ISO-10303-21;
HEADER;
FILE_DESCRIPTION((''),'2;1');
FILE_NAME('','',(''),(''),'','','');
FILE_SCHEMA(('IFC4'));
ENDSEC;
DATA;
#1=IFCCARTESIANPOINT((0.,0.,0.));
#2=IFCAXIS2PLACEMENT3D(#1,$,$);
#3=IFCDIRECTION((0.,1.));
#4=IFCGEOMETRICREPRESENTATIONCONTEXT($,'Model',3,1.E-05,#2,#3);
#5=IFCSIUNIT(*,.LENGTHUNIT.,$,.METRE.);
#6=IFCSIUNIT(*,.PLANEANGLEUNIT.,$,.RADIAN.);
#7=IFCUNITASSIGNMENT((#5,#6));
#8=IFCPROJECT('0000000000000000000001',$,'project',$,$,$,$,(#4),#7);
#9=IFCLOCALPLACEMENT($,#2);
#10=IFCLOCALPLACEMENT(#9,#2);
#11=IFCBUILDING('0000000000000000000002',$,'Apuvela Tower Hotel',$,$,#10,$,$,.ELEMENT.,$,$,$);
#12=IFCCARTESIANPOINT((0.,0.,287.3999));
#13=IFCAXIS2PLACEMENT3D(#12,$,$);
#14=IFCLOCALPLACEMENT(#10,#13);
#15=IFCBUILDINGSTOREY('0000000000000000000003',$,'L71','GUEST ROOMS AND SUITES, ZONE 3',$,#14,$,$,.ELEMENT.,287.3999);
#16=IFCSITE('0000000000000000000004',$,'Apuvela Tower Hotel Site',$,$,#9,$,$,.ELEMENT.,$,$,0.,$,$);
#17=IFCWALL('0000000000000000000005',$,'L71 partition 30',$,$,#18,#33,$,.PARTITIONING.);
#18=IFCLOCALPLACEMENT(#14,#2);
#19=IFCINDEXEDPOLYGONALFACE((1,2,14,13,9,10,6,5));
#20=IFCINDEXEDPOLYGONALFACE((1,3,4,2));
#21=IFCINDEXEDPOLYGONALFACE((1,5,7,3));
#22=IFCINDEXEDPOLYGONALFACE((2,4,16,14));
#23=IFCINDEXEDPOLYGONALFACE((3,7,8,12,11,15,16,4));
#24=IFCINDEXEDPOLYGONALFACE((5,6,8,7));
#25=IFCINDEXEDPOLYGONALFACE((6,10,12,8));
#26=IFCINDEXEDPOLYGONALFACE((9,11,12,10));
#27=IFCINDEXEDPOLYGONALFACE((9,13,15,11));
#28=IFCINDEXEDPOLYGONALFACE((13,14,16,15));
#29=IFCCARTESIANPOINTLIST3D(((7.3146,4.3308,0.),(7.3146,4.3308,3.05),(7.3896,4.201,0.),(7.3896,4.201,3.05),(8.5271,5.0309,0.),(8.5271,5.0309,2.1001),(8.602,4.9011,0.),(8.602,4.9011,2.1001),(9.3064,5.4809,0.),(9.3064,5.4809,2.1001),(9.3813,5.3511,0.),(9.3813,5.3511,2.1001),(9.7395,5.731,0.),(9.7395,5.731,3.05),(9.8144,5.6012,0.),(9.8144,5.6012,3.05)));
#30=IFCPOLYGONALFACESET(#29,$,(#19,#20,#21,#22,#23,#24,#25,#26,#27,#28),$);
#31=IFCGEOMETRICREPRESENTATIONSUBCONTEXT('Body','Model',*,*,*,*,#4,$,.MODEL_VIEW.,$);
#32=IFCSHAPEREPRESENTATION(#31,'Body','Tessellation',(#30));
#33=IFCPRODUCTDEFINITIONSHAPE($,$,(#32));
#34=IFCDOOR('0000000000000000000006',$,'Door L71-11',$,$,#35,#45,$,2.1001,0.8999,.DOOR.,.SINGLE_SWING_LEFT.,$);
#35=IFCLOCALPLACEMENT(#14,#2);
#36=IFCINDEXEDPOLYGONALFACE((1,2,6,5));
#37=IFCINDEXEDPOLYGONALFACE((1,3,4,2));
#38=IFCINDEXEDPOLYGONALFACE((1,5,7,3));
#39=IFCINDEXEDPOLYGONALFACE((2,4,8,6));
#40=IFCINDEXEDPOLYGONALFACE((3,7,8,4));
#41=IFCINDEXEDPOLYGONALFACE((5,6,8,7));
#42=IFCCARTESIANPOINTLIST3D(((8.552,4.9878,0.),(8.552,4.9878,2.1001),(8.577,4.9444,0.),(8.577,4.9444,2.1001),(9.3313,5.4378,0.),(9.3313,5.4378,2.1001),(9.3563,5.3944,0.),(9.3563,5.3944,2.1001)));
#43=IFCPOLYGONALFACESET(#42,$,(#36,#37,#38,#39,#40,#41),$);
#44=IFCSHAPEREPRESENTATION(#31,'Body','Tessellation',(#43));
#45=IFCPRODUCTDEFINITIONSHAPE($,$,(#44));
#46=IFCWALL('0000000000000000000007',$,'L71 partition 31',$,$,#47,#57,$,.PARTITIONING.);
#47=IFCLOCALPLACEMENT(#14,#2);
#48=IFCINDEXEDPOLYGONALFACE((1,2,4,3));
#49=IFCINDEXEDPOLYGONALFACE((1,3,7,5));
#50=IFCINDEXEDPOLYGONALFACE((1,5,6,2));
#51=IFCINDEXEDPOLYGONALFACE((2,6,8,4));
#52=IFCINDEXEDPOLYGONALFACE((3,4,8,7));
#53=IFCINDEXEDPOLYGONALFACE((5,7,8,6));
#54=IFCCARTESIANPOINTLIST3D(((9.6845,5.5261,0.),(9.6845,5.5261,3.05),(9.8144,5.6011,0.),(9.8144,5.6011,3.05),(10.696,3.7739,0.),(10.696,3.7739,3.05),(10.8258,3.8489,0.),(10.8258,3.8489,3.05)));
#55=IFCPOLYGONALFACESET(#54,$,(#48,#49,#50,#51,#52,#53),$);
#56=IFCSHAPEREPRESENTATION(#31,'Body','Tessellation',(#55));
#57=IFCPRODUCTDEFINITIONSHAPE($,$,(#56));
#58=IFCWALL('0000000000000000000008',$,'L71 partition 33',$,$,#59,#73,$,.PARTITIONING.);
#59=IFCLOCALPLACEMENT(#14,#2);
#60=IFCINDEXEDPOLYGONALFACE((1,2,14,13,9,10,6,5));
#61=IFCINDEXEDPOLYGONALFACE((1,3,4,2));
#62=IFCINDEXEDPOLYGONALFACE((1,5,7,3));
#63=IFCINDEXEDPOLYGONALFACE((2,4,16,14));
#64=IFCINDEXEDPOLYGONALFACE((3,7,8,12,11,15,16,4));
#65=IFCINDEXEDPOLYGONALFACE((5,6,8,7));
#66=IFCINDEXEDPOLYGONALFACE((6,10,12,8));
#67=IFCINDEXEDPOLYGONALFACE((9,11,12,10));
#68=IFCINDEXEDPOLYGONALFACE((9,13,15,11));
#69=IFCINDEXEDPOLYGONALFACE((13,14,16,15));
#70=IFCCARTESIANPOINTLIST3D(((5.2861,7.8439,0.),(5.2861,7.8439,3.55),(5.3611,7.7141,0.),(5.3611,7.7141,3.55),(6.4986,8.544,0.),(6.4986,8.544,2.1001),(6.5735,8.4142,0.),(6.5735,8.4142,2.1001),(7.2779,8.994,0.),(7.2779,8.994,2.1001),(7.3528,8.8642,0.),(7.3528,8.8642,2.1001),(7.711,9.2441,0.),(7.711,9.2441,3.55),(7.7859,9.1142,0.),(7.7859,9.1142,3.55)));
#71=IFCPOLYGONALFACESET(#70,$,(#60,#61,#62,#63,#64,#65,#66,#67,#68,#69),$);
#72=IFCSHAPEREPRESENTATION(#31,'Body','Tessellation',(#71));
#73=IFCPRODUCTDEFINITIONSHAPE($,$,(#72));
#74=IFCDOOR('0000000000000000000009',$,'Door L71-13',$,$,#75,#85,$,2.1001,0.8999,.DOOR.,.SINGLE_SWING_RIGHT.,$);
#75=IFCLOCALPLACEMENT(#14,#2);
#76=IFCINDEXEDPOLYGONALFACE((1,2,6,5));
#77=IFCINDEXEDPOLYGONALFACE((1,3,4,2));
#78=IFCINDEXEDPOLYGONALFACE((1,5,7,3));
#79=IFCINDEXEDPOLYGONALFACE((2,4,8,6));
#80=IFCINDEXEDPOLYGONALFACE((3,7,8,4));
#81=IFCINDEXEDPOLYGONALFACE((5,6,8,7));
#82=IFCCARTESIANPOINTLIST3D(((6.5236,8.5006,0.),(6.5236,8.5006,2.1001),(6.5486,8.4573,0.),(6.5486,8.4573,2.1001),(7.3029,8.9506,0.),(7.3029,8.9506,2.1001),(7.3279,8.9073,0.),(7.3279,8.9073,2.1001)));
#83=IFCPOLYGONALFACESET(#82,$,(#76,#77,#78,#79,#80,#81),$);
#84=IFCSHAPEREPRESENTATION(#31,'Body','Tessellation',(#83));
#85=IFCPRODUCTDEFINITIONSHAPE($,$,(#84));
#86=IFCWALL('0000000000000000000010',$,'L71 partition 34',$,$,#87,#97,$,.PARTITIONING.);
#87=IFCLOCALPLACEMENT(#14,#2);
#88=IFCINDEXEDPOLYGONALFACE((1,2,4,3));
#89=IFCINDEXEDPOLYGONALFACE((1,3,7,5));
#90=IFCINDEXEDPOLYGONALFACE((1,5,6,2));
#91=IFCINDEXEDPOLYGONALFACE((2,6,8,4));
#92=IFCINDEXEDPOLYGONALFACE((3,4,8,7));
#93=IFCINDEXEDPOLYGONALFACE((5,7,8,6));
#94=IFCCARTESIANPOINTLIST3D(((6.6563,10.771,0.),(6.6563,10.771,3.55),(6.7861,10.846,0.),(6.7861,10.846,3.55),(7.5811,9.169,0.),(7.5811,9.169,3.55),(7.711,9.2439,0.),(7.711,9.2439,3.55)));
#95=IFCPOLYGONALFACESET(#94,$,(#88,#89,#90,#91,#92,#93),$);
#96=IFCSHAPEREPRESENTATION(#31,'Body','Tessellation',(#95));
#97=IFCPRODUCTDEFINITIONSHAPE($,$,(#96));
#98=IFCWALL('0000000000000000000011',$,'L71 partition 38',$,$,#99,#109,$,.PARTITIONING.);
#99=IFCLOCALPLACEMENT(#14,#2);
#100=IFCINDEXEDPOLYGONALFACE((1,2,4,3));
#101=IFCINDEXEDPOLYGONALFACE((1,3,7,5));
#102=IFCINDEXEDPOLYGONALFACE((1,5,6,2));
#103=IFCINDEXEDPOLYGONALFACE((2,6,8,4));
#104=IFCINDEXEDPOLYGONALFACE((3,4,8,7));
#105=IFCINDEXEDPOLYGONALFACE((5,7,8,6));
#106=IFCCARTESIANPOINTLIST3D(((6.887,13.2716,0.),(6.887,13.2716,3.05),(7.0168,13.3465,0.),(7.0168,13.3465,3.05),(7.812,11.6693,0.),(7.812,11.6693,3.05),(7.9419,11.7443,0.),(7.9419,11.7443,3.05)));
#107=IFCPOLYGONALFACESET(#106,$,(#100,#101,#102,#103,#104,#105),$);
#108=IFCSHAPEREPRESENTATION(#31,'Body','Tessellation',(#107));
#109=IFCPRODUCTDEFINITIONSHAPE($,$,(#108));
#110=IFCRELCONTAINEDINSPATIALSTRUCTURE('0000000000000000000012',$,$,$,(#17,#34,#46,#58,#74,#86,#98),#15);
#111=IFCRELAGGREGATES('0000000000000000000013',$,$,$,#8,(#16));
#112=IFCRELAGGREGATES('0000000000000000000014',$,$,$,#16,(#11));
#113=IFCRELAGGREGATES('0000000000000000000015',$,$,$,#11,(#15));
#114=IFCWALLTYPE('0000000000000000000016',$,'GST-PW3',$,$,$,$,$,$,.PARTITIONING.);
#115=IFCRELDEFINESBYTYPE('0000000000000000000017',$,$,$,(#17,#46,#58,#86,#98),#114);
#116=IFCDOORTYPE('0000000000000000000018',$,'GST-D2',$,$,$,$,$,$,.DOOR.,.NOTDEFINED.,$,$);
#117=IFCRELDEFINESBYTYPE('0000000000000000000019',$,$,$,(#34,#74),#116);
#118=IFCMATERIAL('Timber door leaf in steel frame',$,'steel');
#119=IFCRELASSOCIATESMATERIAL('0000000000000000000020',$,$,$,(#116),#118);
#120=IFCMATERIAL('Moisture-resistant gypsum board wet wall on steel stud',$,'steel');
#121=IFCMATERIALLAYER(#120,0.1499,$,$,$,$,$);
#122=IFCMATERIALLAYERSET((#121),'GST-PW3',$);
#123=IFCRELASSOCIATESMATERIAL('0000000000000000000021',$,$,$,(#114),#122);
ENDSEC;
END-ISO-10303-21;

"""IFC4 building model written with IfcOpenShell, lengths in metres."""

from ifc_helpers import new_model, si_unit, direction, frame, frame_2d, origin, place, context, subcontext, project, spatial, rectangle, extrude, material, layer, layer_set, type_object, element, fill, save


model = new_model("IFC4")

# Units and contexts
model_context = context("Model", 3, precision=1e-05, world=origin(), true_north=direction((0.0, 1.0)))
body_context = subcontext(model_context, "Body", "Model", "MODEL_VIEW")
ifc_project = project(units=[si_unit("LENGTHUNIT", "METRE"), si_unit("PLANEANGLEUNIT", "RADIAN")], contexts=[model_context])

# Site, building, storey
site_placement = place(None, origin())
site = spatial("IfcSite", under=ifc_project, at=site_placement, Name="Apuvela Tower Hotel Site", CompositionType="ELEMENT", RefElevation=0.0)
building_placement = place(site_placement, origin())
building = spatial("IfcBuilding", under=site, at=building_placement, Name="Apuvela Tower Hotel", CompositionType="ELEMENT")
storey_placement = place(building_placement, frame((0.0, 0.0, 287.3999)))
storey = spatial("IfcBuildingStorey", under=building, at=storey_placement, Name="L71", Description="GUEST ROOMS AND SUITES, ZONE 3", CompositionType="ELEMENT", Elevation=287.3999)

# Wall, opening, door
ifc_material_1 = material(Name="Timber door leaf in steel frame", Category="steel")
door_type_1 = type_object("IfcDoorType", Name="GST-D2", OperationType="NOTDEFINED", PredefinedType="DOOR", material=ifc_material_1)
ifc_material_2 = material(Name="Moisture-resistant gypsum board wet wall on steel stud", Category="steel")
ifc_layer_1 = layer(ifc_material_2, 0.1499)
ifc_layer_set_1 = layer_set([ifc_layer_1], Name="GST-PW3")
wall_type_1 = type_object("IfcWallType", Name="GST-PW3", PredefinedType="PARTITIONING", material=ifc_layer_set_1)
wall_1_placement = place(storey_placement, frame((9.7769, 5.666, 0.0), z_axis=(0.0, 0.0, 1.0), x_axis=(-0.865997, -0.50005, 0.0)))
wall_1 = element("IfcWall", 1, at=wall_1_placement, inside=storey, type_object=wall_type_1, Name="L71 partition 30", PredefinedType="PARTITIONING", context=body_context, shape_type="SweptSolid", body=[
    extrude(rectangle(XDim=2.8, YDim=0.1499, at=frame_2d((1.3999, 0.0))), origin(), (0.0, 0.0, 1.0), 3.05),
])
opening_1_placement = place(wall_1_placement, frame((0.5, 0.0, 0.0)))
opening_1 = element("IfcOpeningElement", 2, at=opening_1_placement, cuts=wall_1, PredefinedType="OPENING", context=body_context, shape_type="SweptSolid", body=[
    extrude(rectangle(XDim=0.8999, YDim=2.1001, at=frame_2d((0.45, 1.05))), frame((0.0, 0.085, 0.0), z_axis=(0.0, -1.0, 0.0), x_axis=(1.0, 0.0, 0.0)), (0.0, 0.0, 1.0), 0.1699),
])
door_1_placement = place(opening_1_placement, origin())
door_1 = element("IfcDoor", 3, at=door_1_placement, inside=storey, type_object=door_type_1, Name="Door L71-11", OperationType="SINGLE_SWING_LEFT", OverallHeight=2.1001, OverallWidth=0.8999, PredefinedType="DOOR", context=body_context, shape_type="SweptSolid", body=[
    extrude(rectangle(XDim=0.8999, YDim=2.1001, at=frame_2d((0.45, 1.05))), frame((0.0, 0.0249, 0.0), z_axis=(0.0, -1.0, 0.0), x_axis=(1.0, 0.0, 0.0)), (0.0, 0.0, 1.0), 0.05),
])
fill(opening_1, door_1)

# Wall
wall_2_placement = place(storey_placement, frame((10.761, 3.8113, 0.0), z_axis=(0.0, 0.0, 1.0), x_axis=(-0.499942, 0.866059, 0.0)))
element("IfcWall", 4, at=wall_2_placement, inside=storey, type_object=wall_type_1, Name="L71 partition 31", PredefinedType="PARTITIONING", context=body_context, shape_type="SweptSolid", body=[
    extrude(rectangle(XDim=2.0232, YDim=0.1499, at=frame_2d((1.0117, 0.0))), origin(), (0.0, 0.0, 1.0), 3.05),
])

# Wall, opening, door
wall_3_placement = place(storey_placement, frame((5.3237, 7.7791, 0.0), z_axis=(0.0, 0.0, 1.0), x_axis=(0.865997, 0.50005, 0.0)))
wall_3 = element("IfcWall", 5, at=wall_3_placement, inside=storey, type_object=wall_type_1, Name="L71 partition 33", PredefinedType="PARTITIONING", context=body_context, shape_type="SweptSolid", body=[
    extrude(rectangle(XDim=2.8, YDim=0.1499, at=frame_2d((1.3999, 0.0))), origin(), (0.0, 0.0, 1.0), 3.55),
])
opening_2_placement = place(wall_3_placement, frame((1.3999, 0.0, 0.0)))
opening_2 = element("IfcOpeningElement", 6, at=opening_2_placement, cuts=wall_3, PredefinedType="OPENING", context=body_context, shape_type="SweptSolid", body=[
    extrude(rectangle(XDim=0.8999, YDim=2.1001, at=frame_2d((0.45, 1.05))), frame((0.0, 0.085, 0.0), z_axis=(0.0, -1.0, 0.0), x_axis=(1.0, 0.0, 0.0)), (0.0, 0.0, 1.0), 0.1699),
])
door_2_placement = place(opening_2_placement, origin())
door_2 = element("IfcDoor", 7, at=door_2_placement, inside=storey, type_object=door_type_1, Name="Door L71-13", OperationType="SINGLE_SWING_RIGHT", OverallHeight=2.1001, OverallWidth=0.8999, PredefinedType="DOOR", context=body_context, shape_type="SweptSolid", body=[
    extrude(rectangle(XDim=0.8999, YDim=2.1001, at=frame_2d((0.45, 1.05))), frame((0.0, 0.0249, 0.0), z_axis=(0.0, -1.0, 0.0), x_axis=(1.0, 0.0, 0.0)), (0.0, 0.0, 1.0), 0.05),
])
fill(opening_2, door_2)

# Walls
wall_4_placement = place(storey_placement, frame((7.646, 9.2065, 0.0), z_axis=(0.0, 0.0, 1.0), x_axis=(-0.499943, 0.866058, 0.0)))
element("IfcWall", 8, at=wall_4_placement, inside=storey, type_object=wall_type_1, Name="L71 partition 34", PredefinedType="PARTITIONING", context=body_context, shape_type="SweptSolid", body=[
    extrude(rectangle(XDim=1.8499, YDim=0.1499, at=frame_2d((0.9248, 0.0))), origin(), (0.0, 0.0, 1.0), 3.55),
])
wall_5_placement = place(storey_placement, frame((7.877, 11.7068, 0.0), z_axis=(0.0, 0.0, 1.0), x_axis=(-0.499985, 0.866034, 0.0)))
element("IfcWall", 9, at=wall_5_placement, inside=storey, type_object=wall_type_1, Name="L71 partition 38", PredefinedType="PARTITIONING", context=body_context, shape_type="SweptSolid", body=[
    extrude(rectangle(XDim=1.8501, YDim=0.1499, at=frame_2d((0.925, 0.0))), origin(), (0.0, 0.0, 1.0), 3.05),
])

save(model, "model.ifc")
